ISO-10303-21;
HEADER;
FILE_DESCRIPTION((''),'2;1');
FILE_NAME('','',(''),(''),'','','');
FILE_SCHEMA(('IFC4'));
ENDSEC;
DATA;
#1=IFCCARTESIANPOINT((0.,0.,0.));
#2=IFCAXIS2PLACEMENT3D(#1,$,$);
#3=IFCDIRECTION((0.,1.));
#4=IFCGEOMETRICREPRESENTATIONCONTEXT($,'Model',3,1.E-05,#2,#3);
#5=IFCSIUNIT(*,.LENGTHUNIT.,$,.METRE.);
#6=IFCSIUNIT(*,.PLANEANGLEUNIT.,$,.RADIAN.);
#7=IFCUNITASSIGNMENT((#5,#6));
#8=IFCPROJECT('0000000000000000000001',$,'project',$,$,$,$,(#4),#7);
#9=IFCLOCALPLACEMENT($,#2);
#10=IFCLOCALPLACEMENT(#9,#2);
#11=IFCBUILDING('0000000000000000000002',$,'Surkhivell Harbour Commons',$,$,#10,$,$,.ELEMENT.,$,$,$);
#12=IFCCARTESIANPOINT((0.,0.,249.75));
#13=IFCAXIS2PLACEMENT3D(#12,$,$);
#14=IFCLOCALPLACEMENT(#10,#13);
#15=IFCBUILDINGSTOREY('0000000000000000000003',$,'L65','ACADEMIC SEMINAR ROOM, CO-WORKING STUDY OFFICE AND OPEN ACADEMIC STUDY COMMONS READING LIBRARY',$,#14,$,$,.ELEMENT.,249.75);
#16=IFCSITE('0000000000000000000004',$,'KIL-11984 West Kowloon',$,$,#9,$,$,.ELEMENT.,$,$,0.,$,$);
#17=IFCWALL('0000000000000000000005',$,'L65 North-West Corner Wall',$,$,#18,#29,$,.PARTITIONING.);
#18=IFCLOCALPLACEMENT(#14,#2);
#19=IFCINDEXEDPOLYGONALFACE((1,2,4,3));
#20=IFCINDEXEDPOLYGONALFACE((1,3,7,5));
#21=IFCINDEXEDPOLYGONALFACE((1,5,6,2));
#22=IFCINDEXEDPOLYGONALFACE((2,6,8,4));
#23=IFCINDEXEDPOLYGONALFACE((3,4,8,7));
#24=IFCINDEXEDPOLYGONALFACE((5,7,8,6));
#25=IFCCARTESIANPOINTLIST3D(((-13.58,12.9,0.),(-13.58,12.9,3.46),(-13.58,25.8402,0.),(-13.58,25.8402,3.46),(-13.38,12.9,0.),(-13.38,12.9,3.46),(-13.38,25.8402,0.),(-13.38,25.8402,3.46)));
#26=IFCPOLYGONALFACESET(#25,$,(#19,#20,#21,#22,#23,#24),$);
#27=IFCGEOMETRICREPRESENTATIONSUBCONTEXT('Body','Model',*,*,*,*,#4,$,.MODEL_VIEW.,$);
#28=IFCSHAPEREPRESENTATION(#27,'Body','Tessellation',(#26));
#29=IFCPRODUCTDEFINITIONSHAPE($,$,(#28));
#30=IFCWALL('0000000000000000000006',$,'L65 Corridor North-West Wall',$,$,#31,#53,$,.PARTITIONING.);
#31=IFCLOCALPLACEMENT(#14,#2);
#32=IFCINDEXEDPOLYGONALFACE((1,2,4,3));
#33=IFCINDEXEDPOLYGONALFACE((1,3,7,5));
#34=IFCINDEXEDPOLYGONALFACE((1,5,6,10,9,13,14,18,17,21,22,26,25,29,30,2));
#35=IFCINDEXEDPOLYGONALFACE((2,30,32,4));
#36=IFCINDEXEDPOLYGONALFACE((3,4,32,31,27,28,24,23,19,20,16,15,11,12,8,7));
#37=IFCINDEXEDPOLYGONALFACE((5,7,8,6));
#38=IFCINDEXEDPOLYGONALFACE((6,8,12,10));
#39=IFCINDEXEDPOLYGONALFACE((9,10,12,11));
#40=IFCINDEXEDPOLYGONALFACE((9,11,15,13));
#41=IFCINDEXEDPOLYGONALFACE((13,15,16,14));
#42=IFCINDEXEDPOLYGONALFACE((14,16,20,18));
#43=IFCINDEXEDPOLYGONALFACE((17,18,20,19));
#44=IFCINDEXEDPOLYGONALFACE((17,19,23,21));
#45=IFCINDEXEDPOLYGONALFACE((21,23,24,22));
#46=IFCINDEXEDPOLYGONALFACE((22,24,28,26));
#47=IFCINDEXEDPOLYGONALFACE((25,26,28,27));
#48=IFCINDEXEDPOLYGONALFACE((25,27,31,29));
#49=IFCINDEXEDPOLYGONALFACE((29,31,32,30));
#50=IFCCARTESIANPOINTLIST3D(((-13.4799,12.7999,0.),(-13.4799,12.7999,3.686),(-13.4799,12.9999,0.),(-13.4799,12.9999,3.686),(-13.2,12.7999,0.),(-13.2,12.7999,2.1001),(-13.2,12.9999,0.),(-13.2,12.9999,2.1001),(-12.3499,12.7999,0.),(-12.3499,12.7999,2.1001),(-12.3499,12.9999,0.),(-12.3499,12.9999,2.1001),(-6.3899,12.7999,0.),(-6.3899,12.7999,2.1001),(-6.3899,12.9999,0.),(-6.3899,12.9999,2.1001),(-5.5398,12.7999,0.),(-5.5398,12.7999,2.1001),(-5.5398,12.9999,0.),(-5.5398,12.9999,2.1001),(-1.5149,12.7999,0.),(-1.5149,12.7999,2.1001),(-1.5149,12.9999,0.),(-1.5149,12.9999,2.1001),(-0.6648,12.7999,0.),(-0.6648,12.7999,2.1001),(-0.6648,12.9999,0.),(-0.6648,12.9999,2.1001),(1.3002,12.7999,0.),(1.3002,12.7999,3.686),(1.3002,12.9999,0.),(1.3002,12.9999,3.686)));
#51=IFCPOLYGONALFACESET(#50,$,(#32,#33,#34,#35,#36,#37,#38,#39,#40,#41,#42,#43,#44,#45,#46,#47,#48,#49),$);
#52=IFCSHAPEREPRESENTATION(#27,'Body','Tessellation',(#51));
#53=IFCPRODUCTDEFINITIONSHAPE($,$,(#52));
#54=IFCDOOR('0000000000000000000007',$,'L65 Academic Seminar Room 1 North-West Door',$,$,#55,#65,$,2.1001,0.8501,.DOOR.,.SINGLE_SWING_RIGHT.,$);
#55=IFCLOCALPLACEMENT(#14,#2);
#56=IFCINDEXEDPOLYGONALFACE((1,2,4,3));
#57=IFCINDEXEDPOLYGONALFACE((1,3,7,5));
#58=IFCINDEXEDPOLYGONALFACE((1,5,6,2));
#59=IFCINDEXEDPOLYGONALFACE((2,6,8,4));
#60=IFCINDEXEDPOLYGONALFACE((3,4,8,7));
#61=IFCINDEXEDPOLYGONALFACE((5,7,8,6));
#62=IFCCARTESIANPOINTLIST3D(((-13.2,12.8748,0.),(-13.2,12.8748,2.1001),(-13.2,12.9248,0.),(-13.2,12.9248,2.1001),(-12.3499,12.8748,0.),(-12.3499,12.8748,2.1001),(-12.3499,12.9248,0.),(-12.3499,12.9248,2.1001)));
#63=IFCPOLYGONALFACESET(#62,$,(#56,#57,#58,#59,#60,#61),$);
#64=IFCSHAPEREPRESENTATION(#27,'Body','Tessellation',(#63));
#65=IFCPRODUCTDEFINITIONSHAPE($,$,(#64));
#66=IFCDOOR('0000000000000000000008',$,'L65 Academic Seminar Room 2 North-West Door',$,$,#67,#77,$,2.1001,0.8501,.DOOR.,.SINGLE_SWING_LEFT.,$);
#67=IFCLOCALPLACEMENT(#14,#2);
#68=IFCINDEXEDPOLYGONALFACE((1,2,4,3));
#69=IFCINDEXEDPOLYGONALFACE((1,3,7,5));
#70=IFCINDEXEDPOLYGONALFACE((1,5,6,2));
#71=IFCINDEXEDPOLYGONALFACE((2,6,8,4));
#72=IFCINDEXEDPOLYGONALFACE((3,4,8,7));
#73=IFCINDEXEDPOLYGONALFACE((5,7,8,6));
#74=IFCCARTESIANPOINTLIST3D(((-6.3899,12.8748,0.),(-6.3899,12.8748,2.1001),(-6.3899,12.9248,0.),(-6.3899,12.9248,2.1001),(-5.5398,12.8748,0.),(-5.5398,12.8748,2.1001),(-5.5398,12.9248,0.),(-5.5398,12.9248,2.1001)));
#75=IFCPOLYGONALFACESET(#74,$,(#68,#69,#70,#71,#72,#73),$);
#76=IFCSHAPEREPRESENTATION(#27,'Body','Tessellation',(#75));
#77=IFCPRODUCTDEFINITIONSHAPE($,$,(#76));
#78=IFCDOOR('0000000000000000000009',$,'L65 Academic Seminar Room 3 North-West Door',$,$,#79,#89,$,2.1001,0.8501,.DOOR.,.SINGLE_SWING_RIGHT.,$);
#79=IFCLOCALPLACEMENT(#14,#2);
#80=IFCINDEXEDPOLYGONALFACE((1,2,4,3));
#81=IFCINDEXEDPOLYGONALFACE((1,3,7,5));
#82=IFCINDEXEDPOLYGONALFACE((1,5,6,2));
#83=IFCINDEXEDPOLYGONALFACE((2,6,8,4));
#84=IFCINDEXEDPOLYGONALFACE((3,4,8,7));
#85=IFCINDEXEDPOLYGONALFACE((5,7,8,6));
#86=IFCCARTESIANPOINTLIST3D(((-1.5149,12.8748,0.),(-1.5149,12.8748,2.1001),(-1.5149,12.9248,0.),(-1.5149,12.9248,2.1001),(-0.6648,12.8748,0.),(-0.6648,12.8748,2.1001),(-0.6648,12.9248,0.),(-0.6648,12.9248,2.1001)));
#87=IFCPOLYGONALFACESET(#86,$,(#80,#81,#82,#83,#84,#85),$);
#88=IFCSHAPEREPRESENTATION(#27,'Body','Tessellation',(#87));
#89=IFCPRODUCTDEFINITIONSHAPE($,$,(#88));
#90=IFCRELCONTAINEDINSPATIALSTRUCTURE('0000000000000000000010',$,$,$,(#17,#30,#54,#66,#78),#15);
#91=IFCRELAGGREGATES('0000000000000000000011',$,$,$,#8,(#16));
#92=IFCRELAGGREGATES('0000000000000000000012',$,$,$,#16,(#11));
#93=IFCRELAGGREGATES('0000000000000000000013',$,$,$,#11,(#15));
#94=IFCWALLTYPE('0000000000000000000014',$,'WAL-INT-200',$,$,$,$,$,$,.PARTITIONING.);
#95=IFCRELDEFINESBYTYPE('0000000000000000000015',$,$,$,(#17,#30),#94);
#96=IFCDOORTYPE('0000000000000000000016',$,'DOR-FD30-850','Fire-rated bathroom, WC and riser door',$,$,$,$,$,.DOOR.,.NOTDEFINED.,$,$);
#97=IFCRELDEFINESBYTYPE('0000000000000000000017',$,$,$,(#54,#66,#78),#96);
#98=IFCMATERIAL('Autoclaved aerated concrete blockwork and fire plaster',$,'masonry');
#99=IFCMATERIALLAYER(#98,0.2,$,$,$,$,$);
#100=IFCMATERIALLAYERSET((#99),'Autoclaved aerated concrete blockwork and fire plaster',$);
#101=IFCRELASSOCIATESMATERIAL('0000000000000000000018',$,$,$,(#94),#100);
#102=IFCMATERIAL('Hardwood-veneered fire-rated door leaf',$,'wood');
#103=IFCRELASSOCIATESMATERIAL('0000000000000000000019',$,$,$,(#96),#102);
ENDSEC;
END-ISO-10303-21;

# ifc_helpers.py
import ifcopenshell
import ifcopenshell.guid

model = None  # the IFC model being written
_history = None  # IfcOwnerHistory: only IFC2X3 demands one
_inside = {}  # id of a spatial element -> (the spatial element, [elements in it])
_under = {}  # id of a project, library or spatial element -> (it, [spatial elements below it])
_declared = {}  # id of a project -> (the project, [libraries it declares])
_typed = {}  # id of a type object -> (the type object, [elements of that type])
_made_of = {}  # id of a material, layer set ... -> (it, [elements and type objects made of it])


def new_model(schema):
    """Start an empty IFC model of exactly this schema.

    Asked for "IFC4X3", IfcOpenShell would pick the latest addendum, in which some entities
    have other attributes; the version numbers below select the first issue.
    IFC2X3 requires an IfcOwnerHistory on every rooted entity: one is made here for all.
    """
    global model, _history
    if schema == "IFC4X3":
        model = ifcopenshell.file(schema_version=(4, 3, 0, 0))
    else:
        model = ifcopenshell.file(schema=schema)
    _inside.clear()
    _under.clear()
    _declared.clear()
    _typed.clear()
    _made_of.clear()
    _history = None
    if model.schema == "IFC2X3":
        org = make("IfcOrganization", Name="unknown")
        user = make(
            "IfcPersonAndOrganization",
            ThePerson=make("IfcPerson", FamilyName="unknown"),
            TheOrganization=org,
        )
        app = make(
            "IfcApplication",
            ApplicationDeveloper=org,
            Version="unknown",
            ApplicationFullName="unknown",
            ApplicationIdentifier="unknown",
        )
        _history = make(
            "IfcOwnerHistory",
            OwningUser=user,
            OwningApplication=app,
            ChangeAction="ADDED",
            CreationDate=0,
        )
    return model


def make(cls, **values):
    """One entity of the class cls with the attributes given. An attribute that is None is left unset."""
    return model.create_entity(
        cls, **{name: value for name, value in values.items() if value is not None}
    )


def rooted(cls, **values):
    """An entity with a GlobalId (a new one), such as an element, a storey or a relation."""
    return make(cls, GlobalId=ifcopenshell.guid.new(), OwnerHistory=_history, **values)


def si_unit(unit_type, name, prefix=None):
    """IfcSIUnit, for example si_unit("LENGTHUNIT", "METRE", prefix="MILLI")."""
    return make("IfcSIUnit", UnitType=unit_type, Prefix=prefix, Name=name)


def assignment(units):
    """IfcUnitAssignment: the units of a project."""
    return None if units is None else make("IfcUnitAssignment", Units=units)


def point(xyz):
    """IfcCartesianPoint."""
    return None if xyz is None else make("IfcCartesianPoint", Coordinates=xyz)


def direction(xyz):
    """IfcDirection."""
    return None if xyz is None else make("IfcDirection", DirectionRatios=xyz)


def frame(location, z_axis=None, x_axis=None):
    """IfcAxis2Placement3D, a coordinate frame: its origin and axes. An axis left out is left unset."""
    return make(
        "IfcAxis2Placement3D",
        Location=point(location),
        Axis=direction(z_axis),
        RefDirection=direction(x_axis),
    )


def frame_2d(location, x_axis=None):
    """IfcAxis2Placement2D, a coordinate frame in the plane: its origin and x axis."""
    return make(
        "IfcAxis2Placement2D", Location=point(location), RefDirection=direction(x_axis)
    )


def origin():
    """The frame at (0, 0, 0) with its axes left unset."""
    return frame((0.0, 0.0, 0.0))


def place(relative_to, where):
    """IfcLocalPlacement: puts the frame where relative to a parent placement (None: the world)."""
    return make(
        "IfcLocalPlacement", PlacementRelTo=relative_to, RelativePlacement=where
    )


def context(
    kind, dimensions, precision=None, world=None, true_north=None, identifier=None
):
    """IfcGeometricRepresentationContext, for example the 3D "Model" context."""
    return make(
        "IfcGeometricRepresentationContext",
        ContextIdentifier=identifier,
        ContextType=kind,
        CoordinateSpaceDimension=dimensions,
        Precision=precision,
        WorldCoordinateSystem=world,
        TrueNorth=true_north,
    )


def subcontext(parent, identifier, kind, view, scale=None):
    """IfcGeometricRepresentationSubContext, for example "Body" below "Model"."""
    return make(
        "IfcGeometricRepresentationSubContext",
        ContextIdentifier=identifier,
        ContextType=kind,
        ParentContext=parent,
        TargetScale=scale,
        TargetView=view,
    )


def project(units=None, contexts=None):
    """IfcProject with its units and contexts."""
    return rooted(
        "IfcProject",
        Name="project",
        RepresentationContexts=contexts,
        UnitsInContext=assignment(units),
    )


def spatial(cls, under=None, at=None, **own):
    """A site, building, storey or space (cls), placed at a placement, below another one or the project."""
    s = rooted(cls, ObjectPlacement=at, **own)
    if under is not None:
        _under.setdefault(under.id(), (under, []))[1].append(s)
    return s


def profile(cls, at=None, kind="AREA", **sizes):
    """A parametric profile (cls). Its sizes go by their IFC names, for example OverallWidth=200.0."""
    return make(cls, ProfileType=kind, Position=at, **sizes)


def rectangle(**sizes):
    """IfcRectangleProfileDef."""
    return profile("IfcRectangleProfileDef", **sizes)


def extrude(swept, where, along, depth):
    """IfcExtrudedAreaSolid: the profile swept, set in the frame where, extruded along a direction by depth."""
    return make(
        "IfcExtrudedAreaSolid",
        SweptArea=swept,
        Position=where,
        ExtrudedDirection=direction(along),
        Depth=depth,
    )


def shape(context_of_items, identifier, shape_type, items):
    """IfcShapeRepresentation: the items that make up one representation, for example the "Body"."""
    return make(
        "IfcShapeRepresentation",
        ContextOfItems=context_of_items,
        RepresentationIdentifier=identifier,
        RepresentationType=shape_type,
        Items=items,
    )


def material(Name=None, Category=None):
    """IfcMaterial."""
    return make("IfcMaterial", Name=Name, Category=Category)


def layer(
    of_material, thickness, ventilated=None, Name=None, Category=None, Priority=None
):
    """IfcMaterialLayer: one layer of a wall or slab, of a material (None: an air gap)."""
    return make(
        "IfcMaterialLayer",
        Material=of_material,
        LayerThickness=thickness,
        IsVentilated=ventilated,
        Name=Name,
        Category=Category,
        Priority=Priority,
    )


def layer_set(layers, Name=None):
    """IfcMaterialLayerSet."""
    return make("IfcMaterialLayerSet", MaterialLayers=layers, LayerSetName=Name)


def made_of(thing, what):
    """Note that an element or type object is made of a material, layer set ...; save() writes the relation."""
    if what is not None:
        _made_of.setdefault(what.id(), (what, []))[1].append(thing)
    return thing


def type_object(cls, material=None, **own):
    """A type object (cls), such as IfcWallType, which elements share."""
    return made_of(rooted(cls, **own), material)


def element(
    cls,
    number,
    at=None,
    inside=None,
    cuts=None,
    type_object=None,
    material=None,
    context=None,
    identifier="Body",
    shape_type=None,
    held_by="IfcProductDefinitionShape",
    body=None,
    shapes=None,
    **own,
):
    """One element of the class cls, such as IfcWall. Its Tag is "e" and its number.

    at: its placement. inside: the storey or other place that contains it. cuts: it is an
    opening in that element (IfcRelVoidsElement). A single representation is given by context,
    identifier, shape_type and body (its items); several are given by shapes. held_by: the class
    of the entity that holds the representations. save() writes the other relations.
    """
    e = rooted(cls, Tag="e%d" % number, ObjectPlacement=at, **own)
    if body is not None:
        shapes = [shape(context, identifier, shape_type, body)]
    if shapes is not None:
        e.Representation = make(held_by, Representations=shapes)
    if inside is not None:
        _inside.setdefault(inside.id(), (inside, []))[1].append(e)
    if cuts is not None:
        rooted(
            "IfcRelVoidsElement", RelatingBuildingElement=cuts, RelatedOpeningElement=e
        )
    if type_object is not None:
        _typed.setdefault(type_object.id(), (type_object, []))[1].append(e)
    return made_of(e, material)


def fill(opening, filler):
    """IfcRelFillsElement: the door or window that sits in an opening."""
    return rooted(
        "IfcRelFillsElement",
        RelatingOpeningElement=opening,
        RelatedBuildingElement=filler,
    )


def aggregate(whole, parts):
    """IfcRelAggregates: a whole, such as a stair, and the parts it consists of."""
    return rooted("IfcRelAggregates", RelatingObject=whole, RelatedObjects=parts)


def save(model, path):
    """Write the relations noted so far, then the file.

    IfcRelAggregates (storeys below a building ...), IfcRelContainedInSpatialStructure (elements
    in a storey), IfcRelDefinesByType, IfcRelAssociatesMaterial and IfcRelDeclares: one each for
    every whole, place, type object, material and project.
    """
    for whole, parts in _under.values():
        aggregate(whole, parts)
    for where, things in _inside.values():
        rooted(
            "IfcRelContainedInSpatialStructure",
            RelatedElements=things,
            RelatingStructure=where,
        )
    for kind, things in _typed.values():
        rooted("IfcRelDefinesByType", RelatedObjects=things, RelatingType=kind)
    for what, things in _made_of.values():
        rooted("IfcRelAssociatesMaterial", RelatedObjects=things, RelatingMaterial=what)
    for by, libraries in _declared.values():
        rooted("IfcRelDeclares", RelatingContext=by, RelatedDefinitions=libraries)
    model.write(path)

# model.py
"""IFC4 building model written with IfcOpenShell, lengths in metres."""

from ifc_helpers import new_model, si_unit, direction, frame, frame_2d, origin, place, context, subcontext, project, spatial, rectangle, extrude, material, layer, layer_set, type_object, element, fill, save


model = new_model("IFC4")

# Units and contexts
model_context = context("Model", 3, precision=1e-05, world=origin(), true_north=direction((0.0, 1.0)))
body_context = subcontext(model_context, "Body", "Model", "MODEL_VIEW")
ifc_project = project(units=[si_unit("LENGTHUNIT", "METRE"), si_unit("PLANEANGLEUNIT", "RADIAN")], contexts=[model_context])

# Site, building, storey
site_placement = place(None, origin())
site = spatial("IfcSite", under=ifc_project, at=site_placement, Name="KIL-11984 West Kowloon", CompositionType="ELEMENT", RefElevation=0.0)
building_placement = place(site_placement, origin())
building = spatial("IfcBuilding", under=site, at=building_placement, Name="Surkhivell Harbour Commons", CompositionType="ELEMENT")
storey_placement = place(building_placement, frame((0.0, 0.0, 249.75)))
storey = spatial("IfcBuildingStorey", under=building, at=storey_placement, Name="L65", Description="ACADEMIC SEMINAR ROOM, CO-WORKING STUDY OFFICE AND OPEN ACADEMIC STUDY COMMONS READING LIBRARY", CompositionType="ELEMENT", Elevation=249.75)

# Shared definitions
ifc_material_1 = material(Name="Hardwood-veneered fire-rated door leaf", Category="wood")

# Wall
ifc_material_2 = material(Name="Autoclaved aerated concrete blockwork and fire plaster", Category="masonry")
ifc_layer_1 = layer(ifc_material_2, 0.2)
ifc_layer_set_1 = layer_set([ifc_layer_1], Name="Autoclaved aerated concrete blockwork and fire plaster")
wall_type_1 = type_object("IfcWallType", Name="WAL-INT-200", PredefinedType="PARTITIONING", material=ifc_layer_set_1)
wall_1_placement = place(storey_placement, frame((-13.48, 12.8999, 0.0), z_axis=(0.0, 0.0, 1.0), x_axis=(0.0, 1.0, 0.0)))
element("IfcWall", 1, at=wall_1_placement, inside=storey, type_object=wall_type_1, Name="L65 North-West Corner Wall", PredefinedType="PARTITIONING", context=body_context, shape_type="SweptSolid", body=[
    extrude(rectangle(XDim=12.9402, YDim=0.2, at=frame_2d((6.4702, 0.0))), origin(), (0.0, 0.0, 1.0), 3.46),
])

# Wall, openings, doors
wall_2_placement = place(storey_placement, frame((-13.48, 12.8999, 0.0), z_axis=(0.0, 0.0, 1.0), x_axis=(1.0, 0.0, 0.0)))
wall_2 = element("IfcWall", 2, at=wall_2_placement, inside=storey, type_object=wall_type_1, Name="L65 Corridor North-West Wall", PredefinedType="PARTITIONING", context=body_context, shape_type="SweptSolid", body=[
    extrude(rectangle(XDim=14.78, YDim=0.2, at=frame_2d((7.3901, 0.0))), origin(), (0.0, 0.0, 1.0), 3.686),
])
opening_1_placement = place(wall_2_placement, frame((0.28, 0.0, 0.0)))
opening_1 = element("IfcOpeningElement", 3, at=opening_1_placement, cuts=wall_2, PredefinedType="OPENING", context=body_context, shape_type="SweptSolid", body=[
    extrude(rectangle(XDim=0.8501, YDim=2.1001, at=frame_2d((0.425, 1.05))), frame((0.0, 0.1099, 0.0), z_axis=(0.0, -1.0, 0.0), x_axis=(1.0, 0.0, 0.0)), (0.0, 0.0, 1.0), 0.22),
])
opening_2_placement = place(wall_2_placement, frame((7.0901, 0.0, 0.0)))
opening_2 = element("IfcOpeningElement", 4, at=opening_2_placement, cuts=wall_2, PredefinedType="OPENING", context=body_context, shape_type="SweptSolid", body=[
    extrude(rectangle(XDim=0.8501, YDim=2.1001, at=frame_2d((0.425, 1.05))), frame((0.0, 0.1099, 0.0), z_axis=(0.0, -1.0, 0.0), x_axis=(1.0, 0.0, 0.0)), (0.0, 0.0, 1.0), 0.22),
])
opening_3_placement = place(wall_2_placement, frame((11.9651, 0.0, 0.0)))
opening_3 = element("IfcOpeningElement", 5, at=opening_3_placement, cuts=wall_2, PredefinedType="OPENING", context=body_context, shape_type="SweptSolid", body=[
    extrude(rectangle(XDim=0.8501, YDim=2.1001, at=frame_2d((0.425, 1.05))), frame((0.0, 0.1099, 0.0), z_axis=(0.0, -1.0, 0.0), x_axis=(1.0, 0.0, 0.0)), (0.0, 0.0, 1.0), 0.22),
])
door_type_1 = type_object("IfcDoorType", Name="DOR-FD30-850", Description="Fire-rated bathroom, WC and riser door", OperationType="NOTDEFINED", PredefinedType="DOOR", material=ifc_material_1)
door_1_placement = place(opening_1_placement, origin())
door_1 = element("IfcDoor", 6, at=door_1_placement, inside=storey, type_object=door_type_1, Name="L65 Academic Seminar Room 1 North-West Door", OperationType="SINGLE_SWING_RIGHT", OverallHeight=2.1001, OverallWidth=0.8501, PredefinedType="DOOR", context=body_context, shape_type="SweptSolid", body=[
    extrude(rectangle(XDim=0.8501, YDim=2.1001, at=frame_2d((0.425, 1.05))), frame((0.0, 0.0249, 0.0), z_axis=(0.0, -1.0, 0.0), x_axis=(1.0, 0.0, 0.0)), (0.0, 0.0, 1.0), 0.05),
])
fill(opening_1, door_1)
door_2_placement = place(opening_2_placement, origin())
door_2 = element("IfcDoor", 7, at=door_2_placement, inside=storey, type_object=door_type_1, Name="L65 Academic Seminar Room 2 North-West Door", OperationType="SINGLE_SWING_LEFT", OverallHeight=2.1001, OverallWidth=0.8501, PredefinedType="DOOR", context=body_context, shape_type="SweptSolid", body=[
    extrude(rectangle(XDim=0.8501, YDim=2.1001, at=frame_2d((0.425, 1.05))), frame((0.0, 0.0249, 0.0), z_axis=(0.0, -1.0, 0.0), x_axis=(1.0, 0.0, 0.0)), (0.0, 0.0, 1.0), 0.05),
])
fill(opening_2, door_2)
door_3_placement = place(opening_3_placement, origin())
door_3 = element("IfcDoor", 8, at=door_3_placement, inside=storey, type_object=door_type_1, Name="L65 Academic Seminar Room 3 North-West Door", OperationType="SINGLE_SWING_RIGHT", OverallHeight=2.1001, OverallWidth=0.8501, PredefinedType="DOOR", context=body_context, shape_type="SweptSolid", body=[
    extrude(rectangle(XDim=0.8501, YDim=2.1001, at=frame_2d((0.425, 1.05))), frame((0.0, 0.0249, 0.0), z_axis=(0.0, -1.0, 0.0), x_axis=(1.0, 0.0, 0.0)), (0.0, 0.0, 1.0), 0.05),
])
fill(opening_3, door_3)

save(model, "model.ifc")
